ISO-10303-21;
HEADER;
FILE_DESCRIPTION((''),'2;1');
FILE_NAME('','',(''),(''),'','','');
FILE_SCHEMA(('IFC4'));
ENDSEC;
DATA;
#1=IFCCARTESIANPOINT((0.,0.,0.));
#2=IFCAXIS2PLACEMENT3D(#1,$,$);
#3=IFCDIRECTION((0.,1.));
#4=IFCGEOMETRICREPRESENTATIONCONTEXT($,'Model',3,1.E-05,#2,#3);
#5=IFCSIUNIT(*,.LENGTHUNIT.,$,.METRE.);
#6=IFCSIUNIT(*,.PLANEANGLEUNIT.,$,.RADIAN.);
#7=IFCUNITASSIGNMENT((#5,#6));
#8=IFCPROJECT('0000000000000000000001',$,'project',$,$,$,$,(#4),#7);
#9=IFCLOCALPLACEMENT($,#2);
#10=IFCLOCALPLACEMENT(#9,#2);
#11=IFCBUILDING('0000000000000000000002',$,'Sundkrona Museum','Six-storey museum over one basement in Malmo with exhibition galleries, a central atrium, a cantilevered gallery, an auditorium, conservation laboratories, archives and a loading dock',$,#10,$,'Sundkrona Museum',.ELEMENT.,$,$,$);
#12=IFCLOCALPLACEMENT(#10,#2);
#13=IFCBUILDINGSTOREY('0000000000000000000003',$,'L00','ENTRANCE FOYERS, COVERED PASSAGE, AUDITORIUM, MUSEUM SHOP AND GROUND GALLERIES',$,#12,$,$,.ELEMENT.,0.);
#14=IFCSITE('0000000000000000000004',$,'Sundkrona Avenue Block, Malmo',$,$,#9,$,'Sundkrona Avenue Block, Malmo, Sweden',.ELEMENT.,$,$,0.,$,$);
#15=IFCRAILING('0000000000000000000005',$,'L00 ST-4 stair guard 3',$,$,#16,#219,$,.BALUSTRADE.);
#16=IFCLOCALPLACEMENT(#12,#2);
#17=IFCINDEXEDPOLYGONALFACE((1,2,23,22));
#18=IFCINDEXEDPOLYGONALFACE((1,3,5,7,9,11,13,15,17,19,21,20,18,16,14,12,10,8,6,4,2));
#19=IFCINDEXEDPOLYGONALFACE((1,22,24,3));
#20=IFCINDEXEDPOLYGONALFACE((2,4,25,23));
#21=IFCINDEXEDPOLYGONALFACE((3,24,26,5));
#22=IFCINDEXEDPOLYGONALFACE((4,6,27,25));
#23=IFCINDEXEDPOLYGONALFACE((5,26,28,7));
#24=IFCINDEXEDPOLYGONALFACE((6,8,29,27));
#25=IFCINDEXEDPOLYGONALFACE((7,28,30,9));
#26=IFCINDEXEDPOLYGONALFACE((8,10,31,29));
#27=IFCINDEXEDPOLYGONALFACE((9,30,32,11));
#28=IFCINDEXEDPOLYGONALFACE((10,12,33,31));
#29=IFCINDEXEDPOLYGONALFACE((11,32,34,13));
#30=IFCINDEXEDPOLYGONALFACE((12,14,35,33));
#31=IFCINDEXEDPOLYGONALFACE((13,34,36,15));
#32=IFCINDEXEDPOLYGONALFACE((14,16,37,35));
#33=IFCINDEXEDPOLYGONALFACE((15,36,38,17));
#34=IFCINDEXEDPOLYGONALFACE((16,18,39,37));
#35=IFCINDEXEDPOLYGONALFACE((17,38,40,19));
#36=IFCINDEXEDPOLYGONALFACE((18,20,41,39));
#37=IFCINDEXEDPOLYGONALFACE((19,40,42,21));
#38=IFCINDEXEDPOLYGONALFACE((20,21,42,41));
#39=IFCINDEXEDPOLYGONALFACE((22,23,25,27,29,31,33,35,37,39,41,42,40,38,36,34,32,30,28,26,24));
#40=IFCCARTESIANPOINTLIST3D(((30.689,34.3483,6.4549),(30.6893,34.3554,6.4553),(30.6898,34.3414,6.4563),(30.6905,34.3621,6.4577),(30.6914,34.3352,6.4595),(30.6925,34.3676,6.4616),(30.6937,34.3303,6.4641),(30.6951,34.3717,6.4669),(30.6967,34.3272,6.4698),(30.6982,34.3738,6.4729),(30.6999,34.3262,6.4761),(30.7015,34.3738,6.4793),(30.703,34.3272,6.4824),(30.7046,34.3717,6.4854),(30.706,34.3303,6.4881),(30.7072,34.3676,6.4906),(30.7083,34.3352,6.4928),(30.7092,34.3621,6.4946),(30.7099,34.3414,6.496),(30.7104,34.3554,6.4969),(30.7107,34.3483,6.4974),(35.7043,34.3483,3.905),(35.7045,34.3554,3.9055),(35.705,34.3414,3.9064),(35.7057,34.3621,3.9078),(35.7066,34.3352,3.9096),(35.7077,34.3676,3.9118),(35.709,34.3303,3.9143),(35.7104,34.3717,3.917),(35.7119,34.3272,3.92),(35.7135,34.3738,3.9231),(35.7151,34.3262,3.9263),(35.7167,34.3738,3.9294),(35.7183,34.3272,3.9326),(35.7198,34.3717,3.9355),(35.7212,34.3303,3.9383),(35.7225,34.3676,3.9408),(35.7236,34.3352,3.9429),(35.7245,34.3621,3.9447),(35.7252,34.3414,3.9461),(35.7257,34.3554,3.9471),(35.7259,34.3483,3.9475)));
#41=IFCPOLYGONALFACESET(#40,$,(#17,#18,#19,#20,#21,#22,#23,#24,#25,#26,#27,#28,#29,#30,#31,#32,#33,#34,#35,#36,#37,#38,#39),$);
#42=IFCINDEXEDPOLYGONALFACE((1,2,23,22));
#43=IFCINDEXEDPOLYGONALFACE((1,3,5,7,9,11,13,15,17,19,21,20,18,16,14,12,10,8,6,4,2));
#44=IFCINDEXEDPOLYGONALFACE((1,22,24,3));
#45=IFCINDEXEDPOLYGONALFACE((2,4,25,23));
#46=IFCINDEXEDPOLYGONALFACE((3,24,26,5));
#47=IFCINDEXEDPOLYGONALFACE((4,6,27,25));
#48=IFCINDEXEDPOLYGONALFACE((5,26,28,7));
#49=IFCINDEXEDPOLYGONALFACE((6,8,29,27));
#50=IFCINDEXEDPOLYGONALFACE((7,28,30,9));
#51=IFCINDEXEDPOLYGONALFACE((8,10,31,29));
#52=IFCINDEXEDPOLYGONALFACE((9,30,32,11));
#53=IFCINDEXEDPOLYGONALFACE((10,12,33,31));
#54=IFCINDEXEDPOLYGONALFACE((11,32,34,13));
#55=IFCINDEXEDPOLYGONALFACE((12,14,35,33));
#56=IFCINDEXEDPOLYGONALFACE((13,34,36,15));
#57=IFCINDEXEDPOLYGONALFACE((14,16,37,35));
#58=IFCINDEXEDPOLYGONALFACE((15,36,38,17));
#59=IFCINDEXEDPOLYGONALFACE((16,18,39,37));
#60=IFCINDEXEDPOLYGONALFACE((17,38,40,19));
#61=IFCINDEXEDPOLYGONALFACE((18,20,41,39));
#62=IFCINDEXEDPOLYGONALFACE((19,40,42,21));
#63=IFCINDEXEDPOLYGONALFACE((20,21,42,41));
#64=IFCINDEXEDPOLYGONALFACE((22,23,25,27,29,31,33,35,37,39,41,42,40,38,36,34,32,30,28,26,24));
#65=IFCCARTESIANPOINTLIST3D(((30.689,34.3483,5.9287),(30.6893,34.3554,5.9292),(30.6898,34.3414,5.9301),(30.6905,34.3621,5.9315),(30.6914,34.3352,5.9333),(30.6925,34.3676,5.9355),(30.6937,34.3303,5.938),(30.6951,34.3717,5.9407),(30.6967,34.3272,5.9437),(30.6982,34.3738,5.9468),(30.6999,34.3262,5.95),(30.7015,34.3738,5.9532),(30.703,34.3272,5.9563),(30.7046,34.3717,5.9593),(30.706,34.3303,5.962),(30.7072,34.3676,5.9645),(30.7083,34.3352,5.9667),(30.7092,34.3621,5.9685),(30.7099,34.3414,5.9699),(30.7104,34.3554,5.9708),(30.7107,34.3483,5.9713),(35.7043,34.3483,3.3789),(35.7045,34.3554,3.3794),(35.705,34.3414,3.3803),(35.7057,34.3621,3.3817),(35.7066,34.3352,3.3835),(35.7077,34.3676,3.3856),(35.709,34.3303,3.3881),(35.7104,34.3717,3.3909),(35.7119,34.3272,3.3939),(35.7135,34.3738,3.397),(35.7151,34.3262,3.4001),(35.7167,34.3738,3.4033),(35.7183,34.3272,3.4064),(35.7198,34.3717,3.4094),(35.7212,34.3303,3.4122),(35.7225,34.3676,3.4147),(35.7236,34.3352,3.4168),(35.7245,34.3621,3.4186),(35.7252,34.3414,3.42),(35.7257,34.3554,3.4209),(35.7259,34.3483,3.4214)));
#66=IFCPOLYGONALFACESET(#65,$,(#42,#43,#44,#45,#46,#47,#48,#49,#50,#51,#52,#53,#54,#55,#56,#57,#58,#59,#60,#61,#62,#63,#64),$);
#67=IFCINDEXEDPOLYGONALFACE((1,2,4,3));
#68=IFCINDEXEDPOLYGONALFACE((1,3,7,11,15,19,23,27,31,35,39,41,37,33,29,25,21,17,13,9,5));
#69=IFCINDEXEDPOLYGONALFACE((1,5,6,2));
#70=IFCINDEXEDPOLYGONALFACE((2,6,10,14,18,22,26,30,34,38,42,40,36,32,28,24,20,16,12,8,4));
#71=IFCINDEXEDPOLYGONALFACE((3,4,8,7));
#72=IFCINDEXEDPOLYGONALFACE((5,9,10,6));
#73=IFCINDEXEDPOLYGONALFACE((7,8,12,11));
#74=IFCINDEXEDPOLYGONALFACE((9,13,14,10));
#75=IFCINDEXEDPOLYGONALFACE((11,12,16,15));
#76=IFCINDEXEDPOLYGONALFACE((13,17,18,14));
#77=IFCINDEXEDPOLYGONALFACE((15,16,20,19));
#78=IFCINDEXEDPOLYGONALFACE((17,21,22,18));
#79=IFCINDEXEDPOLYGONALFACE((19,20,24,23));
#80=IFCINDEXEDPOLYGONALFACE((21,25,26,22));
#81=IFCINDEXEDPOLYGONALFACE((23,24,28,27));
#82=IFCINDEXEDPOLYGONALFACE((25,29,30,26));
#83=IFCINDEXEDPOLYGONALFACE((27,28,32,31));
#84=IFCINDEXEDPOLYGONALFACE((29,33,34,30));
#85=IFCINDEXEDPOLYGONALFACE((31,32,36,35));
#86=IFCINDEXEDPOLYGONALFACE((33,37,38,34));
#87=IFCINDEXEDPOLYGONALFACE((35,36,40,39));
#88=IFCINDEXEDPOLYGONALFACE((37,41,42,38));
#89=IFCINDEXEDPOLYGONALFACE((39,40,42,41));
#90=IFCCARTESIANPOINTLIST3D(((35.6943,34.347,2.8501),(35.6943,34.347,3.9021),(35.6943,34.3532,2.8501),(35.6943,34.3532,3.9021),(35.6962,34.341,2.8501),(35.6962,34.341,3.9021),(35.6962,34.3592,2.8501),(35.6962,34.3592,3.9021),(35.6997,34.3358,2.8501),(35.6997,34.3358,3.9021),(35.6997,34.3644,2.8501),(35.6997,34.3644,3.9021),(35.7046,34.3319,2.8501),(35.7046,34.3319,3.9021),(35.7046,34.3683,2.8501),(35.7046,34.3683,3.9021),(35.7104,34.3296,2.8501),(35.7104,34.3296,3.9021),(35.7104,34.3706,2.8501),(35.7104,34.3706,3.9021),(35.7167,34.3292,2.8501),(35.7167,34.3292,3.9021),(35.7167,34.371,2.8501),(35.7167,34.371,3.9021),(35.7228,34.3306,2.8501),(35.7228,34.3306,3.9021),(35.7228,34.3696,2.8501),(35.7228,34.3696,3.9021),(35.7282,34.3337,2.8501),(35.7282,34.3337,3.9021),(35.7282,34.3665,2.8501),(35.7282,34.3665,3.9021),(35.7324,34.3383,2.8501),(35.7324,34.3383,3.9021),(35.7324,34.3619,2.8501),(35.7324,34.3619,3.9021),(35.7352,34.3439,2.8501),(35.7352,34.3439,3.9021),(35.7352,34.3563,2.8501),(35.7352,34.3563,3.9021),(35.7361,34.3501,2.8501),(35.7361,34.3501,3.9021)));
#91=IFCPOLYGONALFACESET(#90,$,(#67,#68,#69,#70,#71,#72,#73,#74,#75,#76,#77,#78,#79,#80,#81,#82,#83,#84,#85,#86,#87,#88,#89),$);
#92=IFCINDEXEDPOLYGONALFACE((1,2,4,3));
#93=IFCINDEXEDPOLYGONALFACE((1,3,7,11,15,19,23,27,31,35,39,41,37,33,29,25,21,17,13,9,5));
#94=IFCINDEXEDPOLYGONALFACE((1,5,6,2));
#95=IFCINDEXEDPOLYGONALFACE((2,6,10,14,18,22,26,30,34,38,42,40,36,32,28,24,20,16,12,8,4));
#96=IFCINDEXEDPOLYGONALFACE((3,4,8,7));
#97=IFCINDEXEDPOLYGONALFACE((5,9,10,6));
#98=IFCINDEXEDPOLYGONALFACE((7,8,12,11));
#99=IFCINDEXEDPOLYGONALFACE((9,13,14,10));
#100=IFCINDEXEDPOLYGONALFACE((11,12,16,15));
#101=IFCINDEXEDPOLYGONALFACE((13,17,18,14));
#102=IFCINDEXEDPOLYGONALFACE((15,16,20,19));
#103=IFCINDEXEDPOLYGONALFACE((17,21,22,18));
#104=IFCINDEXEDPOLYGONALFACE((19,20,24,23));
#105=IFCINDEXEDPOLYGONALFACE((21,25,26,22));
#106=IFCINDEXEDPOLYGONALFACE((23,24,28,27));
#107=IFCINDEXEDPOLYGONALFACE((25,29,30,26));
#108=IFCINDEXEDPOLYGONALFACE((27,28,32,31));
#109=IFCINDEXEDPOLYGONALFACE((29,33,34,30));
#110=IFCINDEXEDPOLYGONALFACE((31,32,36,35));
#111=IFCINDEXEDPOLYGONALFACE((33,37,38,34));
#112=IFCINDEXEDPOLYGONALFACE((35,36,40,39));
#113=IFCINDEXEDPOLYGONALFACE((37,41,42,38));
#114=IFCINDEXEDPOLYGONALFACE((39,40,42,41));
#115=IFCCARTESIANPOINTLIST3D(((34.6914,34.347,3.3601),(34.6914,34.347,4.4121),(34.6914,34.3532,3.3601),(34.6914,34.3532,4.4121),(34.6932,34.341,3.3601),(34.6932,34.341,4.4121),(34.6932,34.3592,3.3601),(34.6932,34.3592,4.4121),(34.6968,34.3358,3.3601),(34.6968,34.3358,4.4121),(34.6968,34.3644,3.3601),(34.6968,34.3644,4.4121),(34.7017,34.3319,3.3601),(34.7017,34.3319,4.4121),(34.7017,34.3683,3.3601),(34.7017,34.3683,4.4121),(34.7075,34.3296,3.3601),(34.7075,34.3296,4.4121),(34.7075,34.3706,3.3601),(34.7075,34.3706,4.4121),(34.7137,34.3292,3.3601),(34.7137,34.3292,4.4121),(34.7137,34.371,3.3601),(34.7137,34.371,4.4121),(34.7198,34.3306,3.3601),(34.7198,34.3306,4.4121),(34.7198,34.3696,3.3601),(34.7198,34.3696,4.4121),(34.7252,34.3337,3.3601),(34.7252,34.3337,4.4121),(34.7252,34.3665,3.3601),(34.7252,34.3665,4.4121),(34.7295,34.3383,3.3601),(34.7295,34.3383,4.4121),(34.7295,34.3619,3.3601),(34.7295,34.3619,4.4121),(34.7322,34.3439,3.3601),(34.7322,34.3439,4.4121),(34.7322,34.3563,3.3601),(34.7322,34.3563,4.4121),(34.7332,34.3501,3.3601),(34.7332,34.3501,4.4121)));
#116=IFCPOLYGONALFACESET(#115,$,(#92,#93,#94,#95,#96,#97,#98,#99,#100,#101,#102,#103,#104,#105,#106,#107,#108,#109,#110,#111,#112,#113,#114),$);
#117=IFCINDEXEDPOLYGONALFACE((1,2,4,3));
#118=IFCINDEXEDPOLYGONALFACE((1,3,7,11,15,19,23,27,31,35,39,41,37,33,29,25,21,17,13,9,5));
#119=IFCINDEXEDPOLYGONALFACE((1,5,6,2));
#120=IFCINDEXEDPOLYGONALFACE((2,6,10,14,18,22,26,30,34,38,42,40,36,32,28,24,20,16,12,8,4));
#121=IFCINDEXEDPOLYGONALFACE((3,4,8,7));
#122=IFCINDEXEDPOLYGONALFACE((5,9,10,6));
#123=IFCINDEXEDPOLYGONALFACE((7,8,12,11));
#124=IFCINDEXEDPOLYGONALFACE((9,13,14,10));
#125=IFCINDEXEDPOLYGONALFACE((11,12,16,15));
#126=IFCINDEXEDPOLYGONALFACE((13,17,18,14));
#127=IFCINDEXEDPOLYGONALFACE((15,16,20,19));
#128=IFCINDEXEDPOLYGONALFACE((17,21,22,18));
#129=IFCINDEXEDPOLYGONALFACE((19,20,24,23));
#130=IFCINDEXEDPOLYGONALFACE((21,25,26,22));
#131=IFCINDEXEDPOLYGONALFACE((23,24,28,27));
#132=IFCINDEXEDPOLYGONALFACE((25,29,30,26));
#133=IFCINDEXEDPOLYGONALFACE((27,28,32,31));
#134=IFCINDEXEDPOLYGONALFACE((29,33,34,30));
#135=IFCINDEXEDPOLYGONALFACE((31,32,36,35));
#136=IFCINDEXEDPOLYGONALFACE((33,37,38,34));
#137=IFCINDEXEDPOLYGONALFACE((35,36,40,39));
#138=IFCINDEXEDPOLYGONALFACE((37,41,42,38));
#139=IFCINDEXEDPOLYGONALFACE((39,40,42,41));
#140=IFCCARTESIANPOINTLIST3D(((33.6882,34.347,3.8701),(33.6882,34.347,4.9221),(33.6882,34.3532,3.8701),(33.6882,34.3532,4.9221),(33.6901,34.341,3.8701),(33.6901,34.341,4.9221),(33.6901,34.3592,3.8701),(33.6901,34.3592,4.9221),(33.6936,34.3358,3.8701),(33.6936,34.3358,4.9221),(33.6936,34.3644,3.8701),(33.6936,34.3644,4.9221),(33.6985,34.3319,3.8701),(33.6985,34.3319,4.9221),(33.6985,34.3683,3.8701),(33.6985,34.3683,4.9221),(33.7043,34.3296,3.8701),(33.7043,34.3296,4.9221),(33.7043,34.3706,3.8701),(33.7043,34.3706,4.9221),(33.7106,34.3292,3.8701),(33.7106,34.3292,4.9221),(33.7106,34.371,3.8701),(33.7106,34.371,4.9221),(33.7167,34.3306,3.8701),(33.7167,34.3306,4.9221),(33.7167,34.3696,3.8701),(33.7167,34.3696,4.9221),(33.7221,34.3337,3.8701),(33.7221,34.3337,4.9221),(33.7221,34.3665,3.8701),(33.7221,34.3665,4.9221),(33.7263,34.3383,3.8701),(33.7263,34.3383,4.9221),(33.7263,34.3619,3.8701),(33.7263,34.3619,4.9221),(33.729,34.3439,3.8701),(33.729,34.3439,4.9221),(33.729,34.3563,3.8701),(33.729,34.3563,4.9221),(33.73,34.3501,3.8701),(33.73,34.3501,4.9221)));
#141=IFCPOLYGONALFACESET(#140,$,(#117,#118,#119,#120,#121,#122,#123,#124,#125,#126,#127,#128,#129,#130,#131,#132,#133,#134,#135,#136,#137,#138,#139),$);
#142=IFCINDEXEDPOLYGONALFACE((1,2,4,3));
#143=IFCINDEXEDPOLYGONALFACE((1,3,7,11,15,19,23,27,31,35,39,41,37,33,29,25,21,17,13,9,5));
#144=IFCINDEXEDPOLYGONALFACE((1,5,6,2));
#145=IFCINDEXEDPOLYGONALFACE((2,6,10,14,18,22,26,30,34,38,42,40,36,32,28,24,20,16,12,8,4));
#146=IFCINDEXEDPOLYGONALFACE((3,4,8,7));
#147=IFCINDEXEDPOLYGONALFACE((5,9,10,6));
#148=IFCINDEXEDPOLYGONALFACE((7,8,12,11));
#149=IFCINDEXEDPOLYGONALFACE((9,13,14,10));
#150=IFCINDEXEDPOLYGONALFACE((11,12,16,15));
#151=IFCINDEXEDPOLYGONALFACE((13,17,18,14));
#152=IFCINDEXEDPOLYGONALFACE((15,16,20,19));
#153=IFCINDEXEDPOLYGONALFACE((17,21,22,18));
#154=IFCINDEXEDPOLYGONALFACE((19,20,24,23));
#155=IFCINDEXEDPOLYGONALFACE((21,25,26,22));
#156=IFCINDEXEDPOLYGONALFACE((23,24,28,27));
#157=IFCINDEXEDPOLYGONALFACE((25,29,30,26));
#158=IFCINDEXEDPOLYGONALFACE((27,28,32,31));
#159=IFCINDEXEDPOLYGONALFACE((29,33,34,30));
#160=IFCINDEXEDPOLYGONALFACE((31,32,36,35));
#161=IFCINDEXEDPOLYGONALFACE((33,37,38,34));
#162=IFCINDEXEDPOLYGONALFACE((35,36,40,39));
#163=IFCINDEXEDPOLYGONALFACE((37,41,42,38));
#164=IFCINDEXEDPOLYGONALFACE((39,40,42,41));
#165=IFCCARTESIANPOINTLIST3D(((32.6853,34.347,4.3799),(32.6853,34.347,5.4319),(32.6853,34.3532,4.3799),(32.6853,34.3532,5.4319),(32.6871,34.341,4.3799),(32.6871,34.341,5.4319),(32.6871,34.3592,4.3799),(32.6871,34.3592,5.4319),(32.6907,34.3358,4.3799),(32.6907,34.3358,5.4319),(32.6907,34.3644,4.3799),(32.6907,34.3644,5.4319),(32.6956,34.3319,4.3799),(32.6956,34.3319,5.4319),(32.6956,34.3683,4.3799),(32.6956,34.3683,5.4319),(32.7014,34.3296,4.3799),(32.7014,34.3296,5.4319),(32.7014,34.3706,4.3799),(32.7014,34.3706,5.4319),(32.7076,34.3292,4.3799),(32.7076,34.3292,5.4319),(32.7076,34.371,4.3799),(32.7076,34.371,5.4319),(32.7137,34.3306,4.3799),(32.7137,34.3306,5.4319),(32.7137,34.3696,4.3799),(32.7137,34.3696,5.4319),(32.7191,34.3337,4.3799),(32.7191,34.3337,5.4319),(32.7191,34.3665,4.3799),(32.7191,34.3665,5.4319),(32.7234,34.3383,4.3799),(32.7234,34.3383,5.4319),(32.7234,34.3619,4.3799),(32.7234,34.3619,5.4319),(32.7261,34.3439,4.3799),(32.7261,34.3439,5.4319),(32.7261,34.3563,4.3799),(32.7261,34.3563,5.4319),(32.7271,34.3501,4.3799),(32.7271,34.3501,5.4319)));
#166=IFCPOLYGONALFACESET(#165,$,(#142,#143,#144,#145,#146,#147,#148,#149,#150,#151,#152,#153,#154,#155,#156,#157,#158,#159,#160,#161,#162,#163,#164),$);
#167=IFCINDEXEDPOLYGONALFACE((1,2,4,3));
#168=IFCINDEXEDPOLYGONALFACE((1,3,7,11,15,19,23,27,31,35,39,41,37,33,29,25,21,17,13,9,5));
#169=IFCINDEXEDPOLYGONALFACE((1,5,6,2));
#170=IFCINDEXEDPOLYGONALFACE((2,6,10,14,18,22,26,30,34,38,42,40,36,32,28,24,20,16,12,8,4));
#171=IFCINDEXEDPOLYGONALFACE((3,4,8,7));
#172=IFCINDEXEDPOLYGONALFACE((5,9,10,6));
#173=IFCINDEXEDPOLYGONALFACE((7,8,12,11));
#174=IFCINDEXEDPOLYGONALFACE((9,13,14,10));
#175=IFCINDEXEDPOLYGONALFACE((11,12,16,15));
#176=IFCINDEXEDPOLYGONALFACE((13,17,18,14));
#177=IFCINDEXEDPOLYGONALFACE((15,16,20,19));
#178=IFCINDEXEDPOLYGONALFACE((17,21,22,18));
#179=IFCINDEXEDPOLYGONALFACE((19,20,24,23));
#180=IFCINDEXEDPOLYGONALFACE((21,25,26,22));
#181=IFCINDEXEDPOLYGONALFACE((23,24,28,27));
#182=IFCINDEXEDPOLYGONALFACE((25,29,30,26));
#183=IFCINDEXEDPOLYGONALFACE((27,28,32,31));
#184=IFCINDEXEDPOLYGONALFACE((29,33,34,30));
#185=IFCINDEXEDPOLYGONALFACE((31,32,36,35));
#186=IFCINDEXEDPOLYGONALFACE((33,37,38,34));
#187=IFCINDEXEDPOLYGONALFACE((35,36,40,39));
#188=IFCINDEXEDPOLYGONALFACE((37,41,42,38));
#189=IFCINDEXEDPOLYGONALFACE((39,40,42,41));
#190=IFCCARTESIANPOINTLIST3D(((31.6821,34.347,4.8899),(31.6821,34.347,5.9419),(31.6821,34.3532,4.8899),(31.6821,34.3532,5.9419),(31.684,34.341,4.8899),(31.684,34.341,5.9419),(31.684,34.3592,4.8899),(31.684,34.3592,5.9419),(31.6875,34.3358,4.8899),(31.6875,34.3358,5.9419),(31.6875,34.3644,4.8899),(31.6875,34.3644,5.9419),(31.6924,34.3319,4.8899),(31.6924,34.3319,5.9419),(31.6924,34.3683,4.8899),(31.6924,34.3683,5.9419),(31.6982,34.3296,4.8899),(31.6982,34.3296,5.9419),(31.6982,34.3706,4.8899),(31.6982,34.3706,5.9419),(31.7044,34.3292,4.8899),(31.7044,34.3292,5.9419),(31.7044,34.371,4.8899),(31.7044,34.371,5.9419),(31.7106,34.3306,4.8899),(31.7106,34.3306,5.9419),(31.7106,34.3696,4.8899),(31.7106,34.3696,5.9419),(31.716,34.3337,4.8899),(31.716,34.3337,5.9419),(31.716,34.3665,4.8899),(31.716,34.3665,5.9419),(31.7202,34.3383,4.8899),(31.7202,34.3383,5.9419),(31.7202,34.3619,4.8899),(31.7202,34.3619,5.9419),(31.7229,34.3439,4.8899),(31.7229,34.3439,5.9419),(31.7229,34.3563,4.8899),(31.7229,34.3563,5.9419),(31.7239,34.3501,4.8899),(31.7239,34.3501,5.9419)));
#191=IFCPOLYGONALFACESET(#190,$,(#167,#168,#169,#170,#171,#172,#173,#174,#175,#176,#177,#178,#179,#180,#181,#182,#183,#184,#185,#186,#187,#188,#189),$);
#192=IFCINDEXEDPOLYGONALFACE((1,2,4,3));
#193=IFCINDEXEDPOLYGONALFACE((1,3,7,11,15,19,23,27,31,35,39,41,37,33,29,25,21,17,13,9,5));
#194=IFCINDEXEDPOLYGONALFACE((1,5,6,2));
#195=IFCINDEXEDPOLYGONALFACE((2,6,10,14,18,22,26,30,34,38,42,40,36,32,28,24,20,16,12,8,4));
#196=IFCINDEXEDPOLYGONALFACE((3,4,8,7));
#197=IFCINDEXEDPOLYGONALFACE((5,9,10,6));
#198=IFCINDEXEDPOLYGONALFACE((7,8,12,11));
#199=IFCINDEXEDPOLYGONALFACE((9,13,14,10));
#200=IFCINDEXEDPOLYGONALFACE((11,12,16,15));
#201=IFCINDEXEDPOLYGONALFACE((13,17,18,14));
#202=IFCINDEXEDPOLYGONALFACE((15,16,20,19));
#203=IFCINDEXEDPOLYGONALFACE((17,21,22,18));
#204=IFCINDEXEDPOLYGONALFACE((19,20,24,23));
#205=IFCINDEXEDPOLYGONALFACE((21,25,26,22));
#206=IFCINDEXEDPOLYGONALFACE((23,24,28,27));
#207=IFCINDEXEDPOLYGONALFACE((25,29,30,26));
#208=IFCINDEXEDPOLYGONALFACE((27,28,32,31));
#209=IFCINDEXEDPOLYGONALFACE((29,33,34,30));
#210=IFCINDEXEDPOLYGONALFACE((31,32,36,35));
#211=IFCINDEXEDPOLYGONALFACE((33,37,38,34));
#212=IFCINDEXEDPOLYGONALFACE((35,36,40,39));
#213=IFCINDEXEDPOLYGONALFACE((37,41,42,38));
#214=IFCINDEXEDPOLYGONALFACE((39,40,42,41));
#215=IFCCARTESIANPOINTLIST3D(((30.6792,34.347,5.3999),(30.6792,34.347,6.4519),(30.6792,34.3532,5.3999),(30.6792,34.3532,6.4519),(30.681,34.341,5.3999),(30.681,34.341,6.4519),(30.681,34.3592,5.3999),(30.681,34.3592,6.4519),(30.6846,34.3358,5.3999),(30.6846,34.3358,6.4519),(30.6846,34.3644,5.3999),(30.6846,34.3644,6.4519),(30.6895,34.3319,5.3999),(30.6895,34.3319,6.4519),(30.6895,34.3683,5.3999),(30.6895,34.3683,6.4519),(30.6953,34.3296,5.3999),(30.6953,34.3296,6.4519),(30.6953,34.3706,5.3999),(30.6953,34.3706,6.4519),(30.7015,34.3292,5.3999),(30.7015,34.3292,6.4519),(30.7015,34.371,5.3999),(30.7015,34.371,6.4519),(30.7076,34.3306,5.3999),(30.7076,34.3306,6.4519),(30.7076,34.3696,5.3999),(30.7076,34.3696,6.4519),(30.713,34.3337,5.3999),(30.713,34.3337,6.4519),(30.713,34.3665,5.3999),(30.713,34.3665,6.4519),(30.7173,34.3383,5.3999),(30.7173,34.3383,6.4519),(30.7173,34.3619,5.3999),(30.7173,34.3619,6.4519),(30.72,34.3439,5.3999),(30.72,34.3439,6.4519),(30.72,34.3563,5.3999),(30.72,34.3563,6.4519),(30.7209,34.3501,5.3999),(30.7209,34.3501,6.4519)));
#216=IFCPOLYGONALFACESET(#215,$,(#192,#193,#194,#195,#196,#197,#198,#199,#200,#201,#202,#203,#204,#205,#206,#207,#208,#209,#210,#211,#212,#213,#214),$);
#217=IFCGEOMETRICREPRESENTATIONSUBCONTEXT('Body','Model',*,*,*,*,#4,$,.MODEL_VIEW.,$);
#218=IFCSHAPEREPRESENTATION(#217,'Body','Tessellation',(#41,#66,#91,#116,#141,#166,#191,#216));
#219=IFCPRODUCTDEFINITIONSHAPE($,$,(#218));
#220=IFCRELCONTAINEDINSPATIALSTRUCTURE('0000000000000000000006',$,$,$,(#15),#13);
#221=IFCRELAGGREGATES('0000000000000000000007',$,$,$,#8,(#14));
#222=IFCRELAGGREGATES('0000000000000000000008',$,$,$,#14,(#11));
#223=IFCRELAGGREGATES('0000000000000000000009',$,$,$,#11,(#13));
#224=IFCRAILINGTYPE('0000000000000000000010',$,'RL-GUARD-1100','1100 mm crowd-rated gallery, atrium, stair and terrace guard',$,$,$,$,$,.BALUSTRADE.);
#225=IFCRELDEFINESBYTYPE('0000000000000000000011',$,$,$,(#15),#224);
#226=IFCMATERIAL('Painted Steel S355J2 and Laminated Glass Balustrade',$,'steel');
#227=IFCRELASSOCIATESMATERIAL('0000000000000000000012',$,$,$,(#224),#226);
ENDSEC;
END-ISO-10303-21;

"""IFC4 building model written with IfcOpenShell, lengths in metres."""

from ifc_helpers import new_model, si_unit, direction, frame, origin, origin_2d, place, context, subcontext, project, spatial, circle, extrude, material, type_object, element, save


model = new_model("IFC4")

# Units and contexts
model_context = context("Model", 3, precision=1e-05, world=origin(), true_north=direction((0.0, 1.0)))
body_context = subcontext(model_context, "Body", "Model", "MODEL_VIEW")
ifc_project = project(units=[si_unit("LENGTHUNIT", "METRE"), si_unit("PLANEANGLEUNIT", "RADIAN")], contexts=[model_context])

# Site, building, storey
site_placement = place(None, origin())
site = spatial("IfcSite", under=ifc_project, at=site_placement, Name="Sundkrona Avenue Block, Malmo", LongName="Sundkrona Avenue Block, Malmo, Sweden", CompositionType="ELEMENT", RefElevation=0.0)
building_placement = place(site_placement, origin())
building = spatial("IfcBuilding", under=site, at=building_placement, Name="Sundkrona Museum", Description="Six-storey museum over one basement in Malmo with exhibition galleries, a central atrium, a cantilevered gallery, an auditorium, conservation laboratories, archives and a loading dock", LongName="Sundkrona Museum", CompositionType="ELEMENT")
storey_placement = place(building_placement, origin())
storey = spatial("IfcBuildingStorey", under=building, at=storey_placement, Name="L00", Description="ENTRANCE FOYERS, COVERED PASSAGE, AUDITORIUM, MUSEUM SHOP AND GROUND GALLERIES", CompositionType="ELEMENT", Elevation=0.0)

# Railing
ifc_material_1 = material(Name="Painted Steel S355J2 and Laminated Glass Balustrade", Category="steel")
railing_type_1 = type_object("IfcRailingType", Name="RL-GUARD-1100", Description="1100 mm crowd-rated gallery, atrium, stair and terrace guard", PredefinedType="BALUSTRADE", material=ifc_material_1)
railing_1_placement = place(storey_placement, frame((35.7151, 34.3501, 2.8501)))
element("IfcRailing", 1, at=railing_1_placement, inside=storey, type_object=railing_type_1, Name="L00 ST-4 stair guard 3", PredefinedType="BALUSTRADE", context=body_context, shape_type="SweptSolid", body=[
    extrude(circle(Radius=0.0239, at=origin_2d()), frame((0.0, 0.0, 1.0762), z_axis=(-0.891404, 0.0, 0.453209), x_axis=(0.0, -1.0, 0.0)), (0.0, 0.0, 1.0), 5.6262),
    extrude(circle(Radius=0.0239, at=origin_2d()), frame((0.0, 0.0, 0.55), z_axis=(-0.891404, 0.0, 0.453209), x_axis=(0.0, -1.0, 0.0)), (0.0, 0.0, 1.0), 5.6262),
    extrude(circle(Radius=0.021, at=origin_2d()), origin(), (0.0, 0.0, 1.0), 1.052),
    extrude(circle(Radius=0.021, at=origin_2d()), frame((-1.0029, 0.0, 0.51)), (0.0, 0.0, 1.0), 1.052),
    extrude(circle(Radius=0.021, at=origin_2d()), frame((-2.0061, 0.0, 1.02)), (0.0, 0.0, 1.0), 1.052),
    extrude(circle(Radius=0.021, at=origin_2d()), frame((-3.009, 0.0, 1.5298)), (0.0, 0.0, 1.0), 1.052),
    extrude(circle(Radius=0.021, at=origin_2d()), frame((-4.0122, 0.0, 2.0398)), (0.0, 0.0, 1.0), 1.052),
    extrude(circle(Radius=0.021, at=origin_2d()), frame((-5.0151, 0.0, 2.5498)), (0.0, 0.0, 1.0), 1.052),
])

save(model, "model.ifc")
